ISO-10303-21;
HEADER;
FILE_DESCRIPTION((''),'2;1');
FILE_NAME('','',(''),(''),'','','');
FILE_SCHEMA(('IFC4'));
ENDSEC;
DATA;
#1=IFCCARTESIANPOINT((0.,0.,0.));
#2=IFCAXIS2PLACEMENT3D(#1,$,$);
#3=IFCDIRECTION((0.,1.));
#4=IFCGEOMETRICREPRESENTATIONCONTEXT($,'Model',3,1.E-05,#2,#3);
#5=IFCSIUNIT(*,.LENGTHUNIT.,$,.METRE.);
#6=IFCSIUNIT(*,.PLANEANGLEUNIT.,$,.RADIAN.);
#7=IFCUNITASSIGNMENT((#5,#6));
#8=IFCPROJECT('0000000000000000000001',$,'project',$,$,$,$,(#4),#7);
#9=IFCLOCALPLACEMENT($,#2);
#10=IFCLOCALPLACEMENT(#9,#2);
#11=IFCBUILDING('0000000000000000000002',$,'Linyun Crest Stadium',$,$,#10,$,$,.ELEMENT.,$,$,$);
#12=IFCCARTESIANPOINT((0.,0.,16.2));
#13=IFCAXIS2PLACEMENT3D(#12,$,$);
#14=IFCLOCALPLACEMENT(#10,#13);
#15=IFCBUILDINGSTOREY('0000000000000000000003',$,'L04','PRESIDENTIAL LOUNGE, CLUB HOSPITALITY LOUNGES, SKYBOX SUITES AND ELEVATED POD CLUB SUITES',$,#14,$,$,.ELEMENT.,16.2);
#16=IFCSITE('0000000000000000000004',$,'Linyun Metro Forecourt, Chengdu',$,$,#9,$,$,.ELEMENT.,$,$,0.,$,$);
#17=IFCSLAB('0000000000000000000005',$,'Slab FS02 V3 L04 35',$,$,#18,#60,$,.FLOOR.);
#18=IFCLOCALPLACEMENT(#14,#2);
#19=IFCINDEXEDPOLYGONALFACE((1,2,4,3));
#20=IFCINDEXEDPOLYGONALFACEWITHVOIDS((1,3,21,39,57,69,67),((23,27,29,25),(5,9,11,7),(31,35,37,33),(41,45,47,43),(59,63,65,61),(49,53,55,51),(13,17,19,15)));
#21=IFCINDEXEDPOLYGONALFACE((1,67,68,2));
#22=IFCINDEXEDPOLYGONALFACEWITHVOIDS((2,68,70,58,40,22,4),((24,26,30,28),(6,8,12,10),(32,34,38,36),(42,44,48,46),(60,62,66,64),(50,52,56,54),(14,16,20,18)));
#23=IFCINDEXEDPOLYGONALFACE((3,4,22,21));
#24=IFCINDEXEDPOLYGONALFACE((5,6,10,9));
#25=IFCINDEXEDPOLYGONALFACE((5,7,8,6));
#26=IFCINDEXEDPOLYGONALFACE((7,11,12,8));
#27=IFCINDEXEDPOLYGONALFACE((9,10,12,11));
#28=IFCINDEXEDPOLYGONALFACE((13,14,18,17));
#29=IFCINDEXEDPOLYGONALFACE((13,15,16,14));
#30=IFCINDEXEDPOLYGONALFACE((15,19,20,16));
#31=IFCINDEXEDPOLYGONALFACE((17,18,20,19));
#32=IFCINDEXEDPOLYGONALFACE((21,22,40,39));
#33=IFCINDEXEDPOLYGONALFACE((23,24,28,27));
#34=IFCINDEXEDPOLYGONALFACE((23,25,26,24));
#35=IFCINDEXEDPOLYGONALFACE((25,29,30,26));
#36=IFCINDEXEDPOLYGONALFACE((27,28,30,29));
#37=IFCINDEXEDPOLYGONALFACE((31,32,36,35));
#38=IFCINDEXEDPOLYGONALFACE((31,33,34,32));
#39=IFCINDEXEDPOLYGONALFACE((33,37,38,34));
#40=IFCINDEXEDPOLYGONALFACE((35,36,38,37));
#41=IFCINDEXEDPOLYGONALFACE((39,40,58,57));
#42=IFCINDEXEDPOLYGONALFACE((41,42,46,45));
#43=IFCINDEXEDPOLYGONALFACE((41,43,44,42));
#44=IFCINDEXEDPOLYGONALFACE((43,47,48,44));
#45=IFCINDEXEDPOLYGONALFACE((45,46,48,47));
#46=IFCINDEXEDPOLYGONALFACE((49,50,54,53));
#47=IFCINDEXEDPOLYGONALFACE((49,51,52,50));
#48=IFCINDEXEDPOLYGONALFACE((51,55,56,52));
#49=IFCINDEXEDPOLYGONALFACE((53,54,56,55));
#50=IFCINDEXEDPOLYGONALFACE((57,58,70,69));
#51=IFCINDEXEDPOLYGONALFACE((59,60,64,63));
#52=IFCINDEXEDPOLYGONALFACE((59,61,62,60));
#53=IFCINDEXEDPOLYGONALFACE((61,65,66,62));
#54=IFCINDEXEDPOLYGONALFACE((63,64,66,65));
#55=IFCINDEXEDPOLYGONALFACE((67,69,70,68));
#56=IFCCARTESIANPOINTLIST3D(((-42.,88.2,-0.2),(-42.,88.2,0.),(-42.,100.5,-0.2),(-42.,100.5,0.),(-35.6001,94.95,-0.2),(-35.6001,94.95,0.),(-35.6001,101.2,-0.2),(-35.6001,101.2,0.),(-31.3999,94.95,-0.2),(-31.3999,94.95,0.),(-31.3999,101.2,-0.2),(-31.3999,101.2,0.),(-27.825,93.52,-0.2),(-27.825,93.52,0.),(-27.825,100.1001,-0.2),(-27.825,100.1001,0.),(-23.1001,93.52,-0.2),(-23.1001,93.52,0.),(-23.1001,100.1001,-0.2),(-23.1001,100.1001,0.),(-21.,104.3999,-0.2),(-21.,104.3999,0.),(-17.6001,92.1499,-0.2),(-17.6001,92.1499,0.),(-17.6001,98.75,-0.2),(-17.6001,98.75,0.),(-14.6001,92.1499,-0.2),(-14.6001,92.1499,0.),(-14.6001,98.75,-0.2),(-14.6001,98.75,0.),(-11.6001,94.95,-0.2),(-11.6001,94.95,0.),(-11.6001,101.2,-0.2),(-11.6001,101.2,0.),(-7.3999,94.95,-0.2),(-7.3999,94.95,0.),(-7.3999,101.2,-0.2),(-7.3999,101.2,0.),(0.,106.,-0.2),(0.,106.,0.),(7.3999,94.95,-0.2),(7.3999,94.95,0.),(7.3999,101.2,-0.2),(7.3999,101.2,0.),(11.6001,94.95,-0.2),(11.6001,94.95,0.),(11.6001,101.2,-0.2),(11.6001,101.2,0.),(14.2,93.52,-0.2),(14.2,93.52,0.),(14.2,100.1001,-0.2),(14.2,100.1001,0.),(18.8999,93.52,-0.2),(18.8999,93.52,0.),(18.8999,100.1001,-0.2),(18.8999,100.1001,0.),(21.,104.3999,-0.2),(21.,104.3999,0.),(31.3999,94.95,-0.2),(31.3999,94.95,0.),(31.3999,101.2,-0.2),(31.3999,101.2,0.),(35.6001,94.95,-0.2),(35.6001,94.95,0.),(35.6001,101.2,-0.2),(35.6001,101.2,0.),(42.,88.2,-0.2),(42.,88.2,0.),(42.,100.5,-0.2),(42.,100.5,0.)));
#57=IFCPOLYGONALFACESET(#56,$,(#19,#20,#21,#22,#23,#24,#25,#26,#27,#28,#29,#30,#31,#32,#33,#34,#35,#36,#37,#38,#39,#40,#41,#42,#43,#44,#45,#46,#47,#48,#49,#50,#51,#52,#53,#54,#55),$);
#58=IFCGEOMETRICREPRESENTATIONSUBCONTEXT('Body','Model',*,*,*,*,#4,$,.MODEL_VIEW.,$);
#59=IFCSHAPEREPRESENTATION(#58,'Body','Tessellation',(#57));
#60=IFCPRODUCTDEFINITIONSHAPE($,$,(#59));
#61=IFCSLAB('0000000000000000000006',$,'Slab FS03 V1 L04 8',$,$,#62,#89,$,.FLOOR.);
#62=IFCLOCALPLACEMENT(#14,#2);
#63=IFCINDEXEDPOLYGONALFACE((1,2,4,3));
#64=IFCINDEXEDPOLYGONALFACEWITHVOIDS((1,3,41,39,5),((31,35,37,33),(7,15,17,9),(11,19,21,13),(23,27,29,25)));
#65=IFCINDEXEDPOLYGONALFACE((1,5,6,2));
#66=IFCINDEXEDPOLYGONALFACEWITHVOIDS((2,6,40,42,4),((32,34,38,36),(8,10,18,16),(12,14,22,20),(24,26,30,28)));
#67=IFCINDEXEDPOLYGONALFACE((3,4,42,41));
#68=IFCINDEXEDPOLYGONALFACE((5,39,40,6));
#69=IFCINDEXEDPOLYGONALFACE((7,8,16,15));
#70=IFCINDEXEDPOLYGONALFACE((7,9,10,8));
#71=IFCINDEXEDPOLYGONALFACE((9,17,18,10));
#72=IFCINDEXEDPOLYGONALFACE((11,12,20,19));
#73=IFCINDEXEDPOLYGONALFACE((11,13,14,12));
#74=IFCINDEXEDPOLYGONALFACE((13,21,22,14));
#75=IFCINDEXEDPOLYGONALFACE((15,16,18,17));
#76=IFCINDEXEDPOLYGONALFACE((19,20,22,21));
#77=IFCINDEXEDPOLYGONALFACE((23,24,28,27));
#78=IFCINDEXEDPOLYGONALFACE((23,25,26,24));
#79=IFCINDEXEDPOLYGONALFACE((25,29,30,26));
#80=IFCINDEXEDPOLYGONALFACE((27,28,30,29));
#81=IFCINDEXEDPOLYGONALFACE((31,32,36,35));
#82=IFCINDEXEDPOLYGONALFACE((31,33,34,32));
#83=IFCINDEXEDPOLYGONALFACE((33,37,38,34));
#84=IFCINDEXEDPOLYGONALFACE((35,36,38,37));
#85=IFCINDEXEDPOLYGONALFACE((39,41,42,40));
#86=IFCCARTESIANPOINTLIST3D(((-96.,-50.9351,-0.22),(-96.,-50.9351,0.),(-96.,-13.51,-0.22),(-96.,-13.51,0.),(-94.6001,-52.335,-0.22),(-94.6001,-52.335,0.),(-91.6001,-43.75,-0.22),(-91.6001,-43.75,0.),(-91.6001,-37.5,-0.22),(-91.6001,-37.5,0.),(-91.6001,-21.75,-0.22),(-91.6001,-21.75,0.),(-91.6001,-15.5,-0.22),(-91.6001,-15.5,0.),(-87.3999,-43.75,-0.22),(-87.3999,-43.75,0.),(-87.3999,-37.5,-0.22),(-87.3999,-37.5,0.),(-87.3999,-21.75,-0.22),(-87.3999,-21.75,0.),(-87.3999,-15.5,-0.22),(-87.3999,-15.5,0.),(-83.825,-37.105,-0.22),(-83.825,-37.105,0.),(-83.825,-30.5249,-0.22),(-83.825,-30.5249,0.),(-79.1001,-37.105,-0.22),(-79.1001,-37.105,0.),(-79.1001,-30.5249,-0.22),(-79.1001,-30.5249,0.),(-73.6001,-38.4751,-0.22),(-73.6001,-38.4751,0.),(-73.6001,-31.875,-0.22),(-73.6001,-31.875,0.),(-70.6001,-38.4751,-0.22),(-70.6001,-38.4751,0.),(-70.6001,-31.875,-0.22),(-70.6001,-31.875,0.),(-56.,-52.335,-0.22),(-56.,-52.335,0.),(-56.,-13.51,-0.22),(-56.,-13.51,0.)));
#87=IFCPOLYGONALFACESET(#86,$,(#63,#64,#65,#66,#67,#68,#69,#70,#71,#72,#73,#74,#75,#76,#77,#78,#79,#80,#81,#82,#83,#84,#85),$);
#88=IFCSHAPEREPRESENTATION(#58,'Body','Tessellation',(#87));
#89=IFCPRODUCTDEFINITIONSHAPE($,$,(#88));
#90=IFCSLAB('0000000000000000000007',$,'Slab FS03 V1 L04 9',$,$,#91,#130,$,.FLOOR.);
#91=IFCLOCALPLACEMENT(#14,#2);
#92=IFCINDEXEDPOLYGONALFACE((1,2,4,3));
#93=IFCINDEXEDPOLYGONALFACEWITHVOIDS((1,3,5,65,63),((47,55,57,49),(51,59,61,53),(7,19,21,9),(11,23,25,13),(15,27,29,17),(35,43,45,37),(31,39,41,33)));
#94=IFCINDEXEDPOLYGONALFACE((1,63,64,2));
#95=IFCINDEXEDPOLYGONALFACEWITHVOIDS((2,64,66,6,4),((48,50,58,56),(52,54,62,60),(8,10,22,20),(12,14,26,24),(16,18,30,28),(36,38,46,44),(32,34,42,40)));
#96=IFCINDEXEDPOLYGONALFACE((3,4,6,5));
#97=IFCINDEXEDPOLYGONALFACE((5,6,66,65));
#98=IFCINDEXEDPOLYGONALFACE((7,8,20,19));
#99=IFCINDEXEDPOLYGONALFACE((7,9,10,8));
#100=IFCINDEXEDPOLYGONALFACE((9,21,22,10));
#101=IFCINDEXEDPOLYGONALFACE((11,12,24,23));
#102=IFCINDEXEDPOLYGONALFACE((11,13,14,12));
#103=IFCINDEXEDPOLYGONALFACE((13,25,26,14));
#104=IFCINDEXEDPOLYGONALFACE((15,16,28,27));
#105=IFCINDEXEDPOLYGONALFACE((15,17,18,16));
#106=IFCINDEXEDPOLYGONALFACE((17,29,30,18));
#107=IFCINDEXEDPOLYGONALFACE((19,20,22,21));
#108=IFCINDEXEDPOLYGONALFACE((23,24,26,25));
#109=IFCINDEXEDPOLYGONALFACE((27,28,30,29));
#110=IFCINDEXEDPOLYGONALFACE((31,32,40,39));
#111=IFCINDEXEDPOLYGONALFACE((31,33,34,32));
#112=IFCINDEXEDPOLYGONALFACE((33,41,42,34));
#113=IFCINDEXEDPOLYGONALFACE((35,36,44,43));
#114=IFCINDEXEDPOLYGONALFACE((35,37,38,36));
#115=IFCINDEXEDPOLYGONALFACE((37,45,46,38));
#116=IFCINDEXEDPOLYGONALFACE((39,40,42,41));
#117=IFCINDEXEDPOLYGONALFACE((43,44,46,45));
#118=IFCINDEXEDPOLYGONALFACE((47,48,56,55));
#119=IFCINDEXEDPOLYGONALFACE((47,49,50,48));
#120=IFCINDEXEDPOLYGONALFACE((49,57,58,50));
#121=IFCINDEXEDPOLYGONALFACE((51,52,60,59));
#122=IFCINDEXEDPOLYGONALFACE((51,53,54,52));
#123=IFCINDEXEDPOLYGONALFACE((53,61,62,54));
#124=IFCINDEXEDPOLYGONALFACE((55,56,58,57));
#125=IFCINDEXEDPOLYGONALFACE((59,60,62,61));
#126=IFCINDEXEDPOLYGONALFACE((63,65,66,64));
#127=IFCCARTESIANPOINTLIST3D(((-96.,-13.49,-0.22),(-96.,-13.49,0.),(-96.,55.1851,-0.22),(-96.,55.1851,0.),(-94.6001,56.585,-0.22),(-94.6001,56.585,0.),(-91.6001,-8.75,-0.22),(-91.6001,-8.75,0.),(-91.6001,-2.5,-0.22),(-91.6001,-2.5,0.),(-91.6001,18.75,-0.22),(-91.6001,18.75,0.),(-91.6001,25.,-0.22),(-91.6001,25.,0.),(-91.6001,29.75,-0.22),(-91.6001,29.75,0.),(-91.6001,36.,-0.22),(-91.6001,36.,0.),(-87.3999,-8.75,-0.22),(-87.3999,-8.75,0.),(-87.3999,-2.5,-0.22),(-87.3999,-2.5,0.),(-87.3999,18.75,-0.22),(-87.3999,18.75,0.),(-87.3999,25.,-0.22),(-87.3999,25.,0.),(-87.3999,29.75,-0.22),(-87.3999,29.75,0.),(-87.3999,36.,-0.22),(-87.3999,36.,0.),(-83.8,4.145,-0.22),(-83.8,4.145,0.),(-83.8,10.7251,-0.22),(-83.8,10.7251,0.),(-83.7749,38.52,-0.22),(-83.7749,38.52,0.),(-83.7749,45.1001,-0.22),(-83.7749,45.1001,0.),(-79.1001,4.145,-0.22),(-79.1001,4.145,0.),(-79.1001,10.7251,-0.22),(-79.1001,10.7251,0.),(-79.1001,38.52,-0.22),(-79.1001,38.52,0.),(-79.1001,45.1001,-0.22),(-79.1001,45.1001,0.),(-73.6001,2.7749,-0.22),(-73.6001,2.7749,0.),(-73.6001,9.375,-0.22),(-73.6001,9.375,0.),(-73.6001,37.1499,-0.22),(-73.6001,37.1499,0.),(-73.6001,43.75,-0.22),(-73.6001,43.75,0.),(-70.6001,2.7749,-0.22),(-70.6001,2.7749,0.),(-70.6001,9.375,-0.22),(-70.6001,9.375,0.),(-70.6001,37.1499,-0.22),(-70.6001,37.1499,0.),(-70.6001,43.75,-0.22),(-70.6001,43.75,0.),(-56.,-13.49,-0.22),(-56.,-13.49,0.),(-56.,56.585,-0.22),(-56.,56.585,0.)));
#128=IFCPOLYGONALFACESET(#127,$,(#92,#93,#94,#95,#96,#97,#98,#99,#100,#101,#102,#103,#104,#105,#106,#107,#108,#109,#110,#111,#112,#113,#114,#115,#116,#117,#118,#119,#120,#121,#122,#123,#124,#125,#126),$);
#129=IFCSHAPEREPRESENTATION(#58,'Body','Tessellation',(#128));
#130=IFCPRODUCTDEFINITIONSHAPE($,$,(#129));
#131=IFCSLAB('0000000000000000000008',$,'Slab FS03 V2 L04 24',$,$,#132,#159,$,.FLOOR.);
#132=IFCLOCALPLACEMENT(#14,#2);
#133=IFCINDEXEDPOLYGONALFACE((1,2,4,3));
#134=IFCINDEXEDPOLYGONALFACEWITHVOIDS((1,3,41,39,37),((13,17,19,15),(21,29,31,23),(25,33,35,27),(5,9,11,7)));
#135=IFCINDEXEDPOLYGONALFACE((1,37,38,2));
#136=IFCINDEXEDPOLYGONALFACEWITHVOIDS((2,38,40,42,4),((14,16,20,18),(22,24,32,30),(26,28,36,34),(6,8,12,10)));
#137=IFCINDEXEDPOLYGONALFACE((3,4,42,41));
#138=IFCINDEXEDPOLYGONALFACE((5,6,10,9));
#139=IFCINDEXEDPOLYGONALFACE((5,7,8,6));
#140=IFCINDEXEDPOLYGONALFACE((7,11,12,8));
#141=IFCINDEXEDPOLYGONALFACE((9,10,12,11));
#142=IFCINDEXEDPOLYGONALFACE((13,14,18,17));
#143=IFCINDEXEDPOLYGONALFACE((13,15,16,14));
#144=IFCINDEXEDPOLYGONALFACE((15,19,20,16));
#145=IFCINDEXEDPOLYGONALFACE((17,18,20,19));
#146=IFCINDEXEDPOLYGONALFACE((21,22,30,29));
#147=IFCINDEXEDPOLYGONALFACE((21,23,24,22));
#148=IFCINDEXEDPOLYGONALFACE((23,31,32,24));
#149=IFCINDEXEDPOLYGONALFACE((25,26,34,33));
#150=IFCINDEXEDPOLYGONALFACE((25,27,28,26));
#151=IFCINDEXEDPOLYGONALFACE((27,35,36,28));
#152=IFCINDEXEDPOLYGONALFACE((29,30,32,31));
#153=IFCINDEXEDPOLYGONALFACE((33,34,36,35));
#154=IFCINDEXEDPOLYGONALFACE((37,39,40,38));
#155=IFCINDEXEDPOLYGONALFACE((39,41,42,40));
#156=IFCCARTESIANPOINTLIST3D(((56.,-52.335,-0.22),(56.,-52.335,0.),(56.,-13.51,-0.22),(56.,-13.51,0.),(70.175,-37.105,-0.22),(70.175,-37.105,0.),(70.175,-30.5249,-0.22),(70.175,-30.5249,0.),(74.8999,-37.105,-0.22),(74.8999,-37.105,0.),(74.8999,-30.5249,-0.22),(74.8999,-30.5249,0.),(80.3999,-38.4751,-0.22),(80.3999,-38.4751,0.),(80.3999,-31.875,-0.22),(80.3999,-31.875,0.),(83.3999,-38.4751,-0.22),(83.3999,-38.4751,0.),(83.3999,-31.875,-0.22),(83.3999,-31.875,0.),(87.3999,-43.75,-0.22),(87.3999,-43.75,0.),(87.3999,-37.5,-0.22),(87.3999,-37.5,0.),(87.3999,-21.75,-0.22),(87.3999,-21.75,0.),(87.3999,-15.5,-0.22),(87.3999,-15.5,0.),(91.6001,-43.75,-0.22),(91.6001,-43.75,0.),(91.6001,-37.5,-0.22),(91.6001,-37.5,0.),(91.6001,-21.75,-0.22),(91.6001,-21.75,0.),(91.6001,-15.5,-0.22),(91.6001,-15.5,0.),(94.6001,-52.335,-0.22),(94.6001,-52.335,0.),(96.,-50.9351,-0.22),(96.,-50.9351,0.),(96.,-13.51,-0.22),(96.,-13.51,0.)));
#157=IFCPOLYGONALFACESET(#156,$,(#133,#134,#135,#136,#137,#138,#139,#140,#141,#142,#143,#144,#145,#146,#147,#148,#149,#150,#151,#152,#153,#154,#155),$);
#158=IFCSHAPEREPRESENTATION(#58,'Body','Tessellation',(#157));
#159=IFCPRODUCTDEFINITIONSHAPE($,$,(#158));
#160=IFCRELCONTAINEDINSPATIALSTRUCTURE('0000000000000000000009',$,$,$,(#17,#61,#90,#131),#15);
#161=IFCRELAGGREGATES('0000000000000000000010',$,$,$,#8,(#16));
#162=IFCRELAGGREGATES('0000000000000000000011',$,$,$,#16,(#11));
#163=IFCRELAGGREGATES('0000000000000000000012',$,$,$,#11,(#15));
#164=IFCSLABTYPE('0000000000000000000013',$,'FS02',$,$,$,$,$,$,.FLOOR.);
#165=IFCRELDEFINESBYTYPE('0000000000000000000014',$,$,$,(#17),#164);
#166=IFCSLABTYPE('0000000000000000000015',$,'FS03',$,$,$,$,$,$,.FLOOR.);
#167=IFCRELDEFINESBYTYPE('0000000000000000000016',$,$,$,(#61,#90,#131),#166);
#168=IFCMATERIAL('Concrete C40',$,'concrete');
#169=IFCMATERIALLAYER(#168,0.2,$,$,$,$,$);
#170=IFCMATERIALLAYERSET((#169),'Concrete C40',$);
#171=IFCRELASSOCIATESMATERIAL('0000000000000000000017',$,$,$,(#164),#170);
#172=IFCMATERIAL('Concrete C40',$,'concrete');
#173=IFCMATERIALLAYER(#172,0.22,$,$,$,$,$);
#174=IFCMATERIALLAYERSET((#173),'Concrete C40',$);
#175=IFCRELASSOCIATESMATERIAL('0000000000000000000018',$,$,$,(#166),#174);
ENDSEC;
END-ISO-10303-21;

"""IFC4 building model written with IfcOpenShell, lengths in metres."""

from ifc_helpers import new_model, si_unit, direction, frame, origin, place, context, subcontext, project, spatial, polyline, outline, extrude, material, layer, layer_set, type_object, element, save


model = new_model("IFC4")

# Units and contexts
model_context = context("Model", 3, precision=1e-05, world=origin(), true_north=direction((0.0, 1.0)))
body_context = subcontext(model_context, "Body", "Model", "MODEL_VIEW")
ifc_project = project(units=[si_unit("LENGTHUNIT", "METRE"), si_unit("PLANEANGLEUNIT", "RADIAN")], contexts=[model_context])

# Site, building, storey
site_placement = place(None, origin())
site = spatial("IfcSite", under=ifc_project, at=site_placement, Name="Linyun Metro Forecourt, Chengdu", CompositionType="ELEMENT", RefElevation=0.0)
building_placement = place(site_placement, origin())
building = spatial("IfcBuilding", under=site, at=building_placement, Name="Linyun Crest Stadium", CompositionType="ELEMENT")
storey_placement = place(building_placement, frame((0.0, 0.0, 16.2)))
storey = spatial("IfcBuildingStorey", under=building, at=storey_placement, Name="L04", Description="PRESIDENTIAL LOUNGE, CLUB HOSPITALITY LOUNGES, SKYBOX SUITES AND ELEVATED POD CLUB SUITES", CompositionType="ELEMENT", Elevation=16.2)

# Slabs
ifc_material_1 = material(Name="Concrete C40", Category="concrete")
ifc_layer_1 = layer(ifc_material_1, 0.2)
ifc_layer_set_1 = layer_set([ifc_layer_1], Name="Concrete C40")
slab_type_1 = type_object("IfcSlabType", Name="FS02", PredefinedType="FLOOR", material=ifc_layer_set_1)
slab_1_placement = place(storey_placement, frame((0.0, 0.0, -0.2)))
element("IfcSlab", 1, at=slab_1_placement, inside=storey, type_object=slab_type_1, Name="Slab FS02 V3 L04 35", PredefinedType="FLOOR", context=body_context, shape_type="SweptSolid", body=[
    extrude(outline(polyline([(-42.0, 88.2), (42.0, 88.2), (42.0, 100.5), (21.0, 104.3999), (0.0, 106.0), (-21.0, 104.3999), (-42.0, 100.5), (-42.0, 88.2)]), holes=[polyline([(-27.825, 93.52), (-27.825, 100.1001), (-23.1001, 100.1001), (-23.1001, 93.52), (-27.825, 93.52)]), polyline([(-17.6001, 92.1499), (-17.6001, 98.75), (-14.6001, 98.75), (-14.6001, 92.1499), (-17.6001, 92.1499)]), polyline([(14.2, 93.52), (14.2, 100.1001), (18.8999, 100.1001), (18.8999, 93.52), (14.2, 93.52)]), polyline([(-35.6001, 94.95), (-35.6001, 101.2), (-31.3999, 101.2), (-31.3999, 94.95), (-35.6001, 94.95)]), polyline([(-11.6001, 94.95), (-11.6001, 101.2), (-7.3999, 101.2), (-7.3999, 94.95), (-11.6001, 94.95)]), polyline([(7.3999, 94.95), (7.3999, 101.2), (11.6001, 101.2), (11.6001, 94.95), (7.3999, 94.95)]), polyline([(31.3999, 94.95), (31.3999, 101.2), (35.6001, 101.2), (35.6001, 94.95), (31.3999, 94.95)])]), origin(), (0.0, 0.0, 1.0), 0.2),
])
ifc_material_2 = material(Name="Concrete C40", Category="concrete")
ifc_layer_2 = layer(ifc_material_2, 0.22)
ifc_layer_set_2 = layer_set([ifc_layer_2], Name="Concrete C40")
slab_type_2 = type_object("IfcSlabType", Name="FS03", PredefinedType="FLOOR", material=ifc_layer_set_2)
slab_2_placement = place(storey_placement, frame((0.0, 0.0, -0.22)))
element("IfcSlab", 2, at=slab_2_placement, inside=storey, type_object=slab_type_2, Name="Slab FS03 V1 L04 8", PredefinedType="FLOOR", context=body_context, shape_type="SweptSolid", body=[
    extrude(outline(polyline([(-94.6001, -52.335), (-56.0, -52.335), (-56.0, -13.51), (-96.0, -13.51), (-96.0, -50.9351), (-94.6001, -52.335)]), holes=[polyline([(-83.825, -37.105), (-83.825, -30.5249), (-79.1001, -30.5249), (-79.1001, -37.105), (-83.825, -37.105)]), polyline([(-73.6001, -38.4751), (-73.6001, -31.875), (-70.6001, -31.875), (-70.6001, -38.4751), (-73.6001, -38.4751)]), polyline([(-91.6001, -43.75), (-91.6001, -37.5), (-87.3999, -37.5), (-87.3999, -43.75), (-91.6001, -43.75)]), polyline([(-91.6001, -21.75), (-91.6001, -15.5), (-87.3999, -15.5), (-87.3999, -21.75), (-91.6001, -21.75)])]), origin(), (0.0, 0.0, 1.0), 0.22),
])
slab_3_placement = place(storey_placement, frame((0.0, 0.0, -0.22)))
element("IfcSlab", 3, at=slab_3_placement, inside=storey, type_object=slab_type_2, Name="Slab FS03 V1 L04 9", PredefinedType="FLOOR", context=body_context, shape_type="SweptSolid", body=[
    extrude(outline(polyline([(-96.0, -13.49), (-56.0, -13.49), (-56.0, 56.585), (-94.6001, 56.585), (-96.0, 55.1851), (-96.0, -13.49)]), holes=[polyline([(-83.8, 4.145), (-83.8, 10.7251), (-79.1001, 10.7251), (-79.1001, 4.145), (-83.8, 4.145)]), polyline([(-73.6001, 2.7749), (-73.6001, 9.375), (-70.6001, 9.375), (-70.6001, 2.7749), (-73.6001, 2.7749)]), polyline([(-83.7749, 38.52), (-83.7749, 45.1001), (-79.1001, 45.1001), (-79.1001, 38.52), (-83.7749, 38.52)]), polyline([(-73.6001, 37.1499), (-73.6001, 43.75), (-70.6001, 43.75), (-70.6001, 37.1499), (-73.6001, 37.1499)]), polyline([(-91.6001, -8.75), (-91.6001, -2.5), (-87.3999, -2.5), (-87.3999, -8.75), (-91.6001, -8.75)]), polyline([(-91.6001, 18.75), (-91.6001, 25.0), (-87.3999, 25.0), (-87.3999, 18.75), (-91.6001, 18.75)]), polyline([(-91.6001, 29.75), (-91.6001, 36.0), (-87.3999, 36.0), (-87.3999, 29.75), (-91.6001, 29.75)])]), origin(), (0.0, 0.0, 1.0), 0.22),
])
slab_4_placement = place(storey_placement, frame((0.0, 0.0, -0.22)))
element("IfcSlab", 4, at=slab_4_placement, inside=storey, type_object=slab_type_2, Name="Slab FS03 V2 L04 24", PredefinedType="FLOOR", context=body_context, shape_type="SweptSolid", body=[
    extrude(outline(polyline([(56.0, -52.335), (94.6001, -52.335), (96.0, -50.9351), (96.0, -13.51), (56.0, -13.51), (56.0, -52.335)]), holes=[polyline([(70.175, -37.105), (70.175, -30.5249), (74.8999, -30.5249), (74.8999, -37.105), (70.175, -37.105)]), polyline([(80.3999, -38.4751), (80.3999, -31.875), (83.3999, -31.875), (83.3999, -38.4751), (80.3999, -38.4751)]), polyline([(87.3999, -43.75), (87.3999, -37.5), (91.6001, -37.5), (91.6001, -43.75), (87.3999, -43.75)]), polyline([(87.3999, -21.75), (87.3999, -15.5), (91.6001, -15.5), (91.6001, -21.75), (87.3999, -21.75)])]), origin(), (0.0, 0.0, 1.0), 0.22),
])

save(model, "model.ifc")
